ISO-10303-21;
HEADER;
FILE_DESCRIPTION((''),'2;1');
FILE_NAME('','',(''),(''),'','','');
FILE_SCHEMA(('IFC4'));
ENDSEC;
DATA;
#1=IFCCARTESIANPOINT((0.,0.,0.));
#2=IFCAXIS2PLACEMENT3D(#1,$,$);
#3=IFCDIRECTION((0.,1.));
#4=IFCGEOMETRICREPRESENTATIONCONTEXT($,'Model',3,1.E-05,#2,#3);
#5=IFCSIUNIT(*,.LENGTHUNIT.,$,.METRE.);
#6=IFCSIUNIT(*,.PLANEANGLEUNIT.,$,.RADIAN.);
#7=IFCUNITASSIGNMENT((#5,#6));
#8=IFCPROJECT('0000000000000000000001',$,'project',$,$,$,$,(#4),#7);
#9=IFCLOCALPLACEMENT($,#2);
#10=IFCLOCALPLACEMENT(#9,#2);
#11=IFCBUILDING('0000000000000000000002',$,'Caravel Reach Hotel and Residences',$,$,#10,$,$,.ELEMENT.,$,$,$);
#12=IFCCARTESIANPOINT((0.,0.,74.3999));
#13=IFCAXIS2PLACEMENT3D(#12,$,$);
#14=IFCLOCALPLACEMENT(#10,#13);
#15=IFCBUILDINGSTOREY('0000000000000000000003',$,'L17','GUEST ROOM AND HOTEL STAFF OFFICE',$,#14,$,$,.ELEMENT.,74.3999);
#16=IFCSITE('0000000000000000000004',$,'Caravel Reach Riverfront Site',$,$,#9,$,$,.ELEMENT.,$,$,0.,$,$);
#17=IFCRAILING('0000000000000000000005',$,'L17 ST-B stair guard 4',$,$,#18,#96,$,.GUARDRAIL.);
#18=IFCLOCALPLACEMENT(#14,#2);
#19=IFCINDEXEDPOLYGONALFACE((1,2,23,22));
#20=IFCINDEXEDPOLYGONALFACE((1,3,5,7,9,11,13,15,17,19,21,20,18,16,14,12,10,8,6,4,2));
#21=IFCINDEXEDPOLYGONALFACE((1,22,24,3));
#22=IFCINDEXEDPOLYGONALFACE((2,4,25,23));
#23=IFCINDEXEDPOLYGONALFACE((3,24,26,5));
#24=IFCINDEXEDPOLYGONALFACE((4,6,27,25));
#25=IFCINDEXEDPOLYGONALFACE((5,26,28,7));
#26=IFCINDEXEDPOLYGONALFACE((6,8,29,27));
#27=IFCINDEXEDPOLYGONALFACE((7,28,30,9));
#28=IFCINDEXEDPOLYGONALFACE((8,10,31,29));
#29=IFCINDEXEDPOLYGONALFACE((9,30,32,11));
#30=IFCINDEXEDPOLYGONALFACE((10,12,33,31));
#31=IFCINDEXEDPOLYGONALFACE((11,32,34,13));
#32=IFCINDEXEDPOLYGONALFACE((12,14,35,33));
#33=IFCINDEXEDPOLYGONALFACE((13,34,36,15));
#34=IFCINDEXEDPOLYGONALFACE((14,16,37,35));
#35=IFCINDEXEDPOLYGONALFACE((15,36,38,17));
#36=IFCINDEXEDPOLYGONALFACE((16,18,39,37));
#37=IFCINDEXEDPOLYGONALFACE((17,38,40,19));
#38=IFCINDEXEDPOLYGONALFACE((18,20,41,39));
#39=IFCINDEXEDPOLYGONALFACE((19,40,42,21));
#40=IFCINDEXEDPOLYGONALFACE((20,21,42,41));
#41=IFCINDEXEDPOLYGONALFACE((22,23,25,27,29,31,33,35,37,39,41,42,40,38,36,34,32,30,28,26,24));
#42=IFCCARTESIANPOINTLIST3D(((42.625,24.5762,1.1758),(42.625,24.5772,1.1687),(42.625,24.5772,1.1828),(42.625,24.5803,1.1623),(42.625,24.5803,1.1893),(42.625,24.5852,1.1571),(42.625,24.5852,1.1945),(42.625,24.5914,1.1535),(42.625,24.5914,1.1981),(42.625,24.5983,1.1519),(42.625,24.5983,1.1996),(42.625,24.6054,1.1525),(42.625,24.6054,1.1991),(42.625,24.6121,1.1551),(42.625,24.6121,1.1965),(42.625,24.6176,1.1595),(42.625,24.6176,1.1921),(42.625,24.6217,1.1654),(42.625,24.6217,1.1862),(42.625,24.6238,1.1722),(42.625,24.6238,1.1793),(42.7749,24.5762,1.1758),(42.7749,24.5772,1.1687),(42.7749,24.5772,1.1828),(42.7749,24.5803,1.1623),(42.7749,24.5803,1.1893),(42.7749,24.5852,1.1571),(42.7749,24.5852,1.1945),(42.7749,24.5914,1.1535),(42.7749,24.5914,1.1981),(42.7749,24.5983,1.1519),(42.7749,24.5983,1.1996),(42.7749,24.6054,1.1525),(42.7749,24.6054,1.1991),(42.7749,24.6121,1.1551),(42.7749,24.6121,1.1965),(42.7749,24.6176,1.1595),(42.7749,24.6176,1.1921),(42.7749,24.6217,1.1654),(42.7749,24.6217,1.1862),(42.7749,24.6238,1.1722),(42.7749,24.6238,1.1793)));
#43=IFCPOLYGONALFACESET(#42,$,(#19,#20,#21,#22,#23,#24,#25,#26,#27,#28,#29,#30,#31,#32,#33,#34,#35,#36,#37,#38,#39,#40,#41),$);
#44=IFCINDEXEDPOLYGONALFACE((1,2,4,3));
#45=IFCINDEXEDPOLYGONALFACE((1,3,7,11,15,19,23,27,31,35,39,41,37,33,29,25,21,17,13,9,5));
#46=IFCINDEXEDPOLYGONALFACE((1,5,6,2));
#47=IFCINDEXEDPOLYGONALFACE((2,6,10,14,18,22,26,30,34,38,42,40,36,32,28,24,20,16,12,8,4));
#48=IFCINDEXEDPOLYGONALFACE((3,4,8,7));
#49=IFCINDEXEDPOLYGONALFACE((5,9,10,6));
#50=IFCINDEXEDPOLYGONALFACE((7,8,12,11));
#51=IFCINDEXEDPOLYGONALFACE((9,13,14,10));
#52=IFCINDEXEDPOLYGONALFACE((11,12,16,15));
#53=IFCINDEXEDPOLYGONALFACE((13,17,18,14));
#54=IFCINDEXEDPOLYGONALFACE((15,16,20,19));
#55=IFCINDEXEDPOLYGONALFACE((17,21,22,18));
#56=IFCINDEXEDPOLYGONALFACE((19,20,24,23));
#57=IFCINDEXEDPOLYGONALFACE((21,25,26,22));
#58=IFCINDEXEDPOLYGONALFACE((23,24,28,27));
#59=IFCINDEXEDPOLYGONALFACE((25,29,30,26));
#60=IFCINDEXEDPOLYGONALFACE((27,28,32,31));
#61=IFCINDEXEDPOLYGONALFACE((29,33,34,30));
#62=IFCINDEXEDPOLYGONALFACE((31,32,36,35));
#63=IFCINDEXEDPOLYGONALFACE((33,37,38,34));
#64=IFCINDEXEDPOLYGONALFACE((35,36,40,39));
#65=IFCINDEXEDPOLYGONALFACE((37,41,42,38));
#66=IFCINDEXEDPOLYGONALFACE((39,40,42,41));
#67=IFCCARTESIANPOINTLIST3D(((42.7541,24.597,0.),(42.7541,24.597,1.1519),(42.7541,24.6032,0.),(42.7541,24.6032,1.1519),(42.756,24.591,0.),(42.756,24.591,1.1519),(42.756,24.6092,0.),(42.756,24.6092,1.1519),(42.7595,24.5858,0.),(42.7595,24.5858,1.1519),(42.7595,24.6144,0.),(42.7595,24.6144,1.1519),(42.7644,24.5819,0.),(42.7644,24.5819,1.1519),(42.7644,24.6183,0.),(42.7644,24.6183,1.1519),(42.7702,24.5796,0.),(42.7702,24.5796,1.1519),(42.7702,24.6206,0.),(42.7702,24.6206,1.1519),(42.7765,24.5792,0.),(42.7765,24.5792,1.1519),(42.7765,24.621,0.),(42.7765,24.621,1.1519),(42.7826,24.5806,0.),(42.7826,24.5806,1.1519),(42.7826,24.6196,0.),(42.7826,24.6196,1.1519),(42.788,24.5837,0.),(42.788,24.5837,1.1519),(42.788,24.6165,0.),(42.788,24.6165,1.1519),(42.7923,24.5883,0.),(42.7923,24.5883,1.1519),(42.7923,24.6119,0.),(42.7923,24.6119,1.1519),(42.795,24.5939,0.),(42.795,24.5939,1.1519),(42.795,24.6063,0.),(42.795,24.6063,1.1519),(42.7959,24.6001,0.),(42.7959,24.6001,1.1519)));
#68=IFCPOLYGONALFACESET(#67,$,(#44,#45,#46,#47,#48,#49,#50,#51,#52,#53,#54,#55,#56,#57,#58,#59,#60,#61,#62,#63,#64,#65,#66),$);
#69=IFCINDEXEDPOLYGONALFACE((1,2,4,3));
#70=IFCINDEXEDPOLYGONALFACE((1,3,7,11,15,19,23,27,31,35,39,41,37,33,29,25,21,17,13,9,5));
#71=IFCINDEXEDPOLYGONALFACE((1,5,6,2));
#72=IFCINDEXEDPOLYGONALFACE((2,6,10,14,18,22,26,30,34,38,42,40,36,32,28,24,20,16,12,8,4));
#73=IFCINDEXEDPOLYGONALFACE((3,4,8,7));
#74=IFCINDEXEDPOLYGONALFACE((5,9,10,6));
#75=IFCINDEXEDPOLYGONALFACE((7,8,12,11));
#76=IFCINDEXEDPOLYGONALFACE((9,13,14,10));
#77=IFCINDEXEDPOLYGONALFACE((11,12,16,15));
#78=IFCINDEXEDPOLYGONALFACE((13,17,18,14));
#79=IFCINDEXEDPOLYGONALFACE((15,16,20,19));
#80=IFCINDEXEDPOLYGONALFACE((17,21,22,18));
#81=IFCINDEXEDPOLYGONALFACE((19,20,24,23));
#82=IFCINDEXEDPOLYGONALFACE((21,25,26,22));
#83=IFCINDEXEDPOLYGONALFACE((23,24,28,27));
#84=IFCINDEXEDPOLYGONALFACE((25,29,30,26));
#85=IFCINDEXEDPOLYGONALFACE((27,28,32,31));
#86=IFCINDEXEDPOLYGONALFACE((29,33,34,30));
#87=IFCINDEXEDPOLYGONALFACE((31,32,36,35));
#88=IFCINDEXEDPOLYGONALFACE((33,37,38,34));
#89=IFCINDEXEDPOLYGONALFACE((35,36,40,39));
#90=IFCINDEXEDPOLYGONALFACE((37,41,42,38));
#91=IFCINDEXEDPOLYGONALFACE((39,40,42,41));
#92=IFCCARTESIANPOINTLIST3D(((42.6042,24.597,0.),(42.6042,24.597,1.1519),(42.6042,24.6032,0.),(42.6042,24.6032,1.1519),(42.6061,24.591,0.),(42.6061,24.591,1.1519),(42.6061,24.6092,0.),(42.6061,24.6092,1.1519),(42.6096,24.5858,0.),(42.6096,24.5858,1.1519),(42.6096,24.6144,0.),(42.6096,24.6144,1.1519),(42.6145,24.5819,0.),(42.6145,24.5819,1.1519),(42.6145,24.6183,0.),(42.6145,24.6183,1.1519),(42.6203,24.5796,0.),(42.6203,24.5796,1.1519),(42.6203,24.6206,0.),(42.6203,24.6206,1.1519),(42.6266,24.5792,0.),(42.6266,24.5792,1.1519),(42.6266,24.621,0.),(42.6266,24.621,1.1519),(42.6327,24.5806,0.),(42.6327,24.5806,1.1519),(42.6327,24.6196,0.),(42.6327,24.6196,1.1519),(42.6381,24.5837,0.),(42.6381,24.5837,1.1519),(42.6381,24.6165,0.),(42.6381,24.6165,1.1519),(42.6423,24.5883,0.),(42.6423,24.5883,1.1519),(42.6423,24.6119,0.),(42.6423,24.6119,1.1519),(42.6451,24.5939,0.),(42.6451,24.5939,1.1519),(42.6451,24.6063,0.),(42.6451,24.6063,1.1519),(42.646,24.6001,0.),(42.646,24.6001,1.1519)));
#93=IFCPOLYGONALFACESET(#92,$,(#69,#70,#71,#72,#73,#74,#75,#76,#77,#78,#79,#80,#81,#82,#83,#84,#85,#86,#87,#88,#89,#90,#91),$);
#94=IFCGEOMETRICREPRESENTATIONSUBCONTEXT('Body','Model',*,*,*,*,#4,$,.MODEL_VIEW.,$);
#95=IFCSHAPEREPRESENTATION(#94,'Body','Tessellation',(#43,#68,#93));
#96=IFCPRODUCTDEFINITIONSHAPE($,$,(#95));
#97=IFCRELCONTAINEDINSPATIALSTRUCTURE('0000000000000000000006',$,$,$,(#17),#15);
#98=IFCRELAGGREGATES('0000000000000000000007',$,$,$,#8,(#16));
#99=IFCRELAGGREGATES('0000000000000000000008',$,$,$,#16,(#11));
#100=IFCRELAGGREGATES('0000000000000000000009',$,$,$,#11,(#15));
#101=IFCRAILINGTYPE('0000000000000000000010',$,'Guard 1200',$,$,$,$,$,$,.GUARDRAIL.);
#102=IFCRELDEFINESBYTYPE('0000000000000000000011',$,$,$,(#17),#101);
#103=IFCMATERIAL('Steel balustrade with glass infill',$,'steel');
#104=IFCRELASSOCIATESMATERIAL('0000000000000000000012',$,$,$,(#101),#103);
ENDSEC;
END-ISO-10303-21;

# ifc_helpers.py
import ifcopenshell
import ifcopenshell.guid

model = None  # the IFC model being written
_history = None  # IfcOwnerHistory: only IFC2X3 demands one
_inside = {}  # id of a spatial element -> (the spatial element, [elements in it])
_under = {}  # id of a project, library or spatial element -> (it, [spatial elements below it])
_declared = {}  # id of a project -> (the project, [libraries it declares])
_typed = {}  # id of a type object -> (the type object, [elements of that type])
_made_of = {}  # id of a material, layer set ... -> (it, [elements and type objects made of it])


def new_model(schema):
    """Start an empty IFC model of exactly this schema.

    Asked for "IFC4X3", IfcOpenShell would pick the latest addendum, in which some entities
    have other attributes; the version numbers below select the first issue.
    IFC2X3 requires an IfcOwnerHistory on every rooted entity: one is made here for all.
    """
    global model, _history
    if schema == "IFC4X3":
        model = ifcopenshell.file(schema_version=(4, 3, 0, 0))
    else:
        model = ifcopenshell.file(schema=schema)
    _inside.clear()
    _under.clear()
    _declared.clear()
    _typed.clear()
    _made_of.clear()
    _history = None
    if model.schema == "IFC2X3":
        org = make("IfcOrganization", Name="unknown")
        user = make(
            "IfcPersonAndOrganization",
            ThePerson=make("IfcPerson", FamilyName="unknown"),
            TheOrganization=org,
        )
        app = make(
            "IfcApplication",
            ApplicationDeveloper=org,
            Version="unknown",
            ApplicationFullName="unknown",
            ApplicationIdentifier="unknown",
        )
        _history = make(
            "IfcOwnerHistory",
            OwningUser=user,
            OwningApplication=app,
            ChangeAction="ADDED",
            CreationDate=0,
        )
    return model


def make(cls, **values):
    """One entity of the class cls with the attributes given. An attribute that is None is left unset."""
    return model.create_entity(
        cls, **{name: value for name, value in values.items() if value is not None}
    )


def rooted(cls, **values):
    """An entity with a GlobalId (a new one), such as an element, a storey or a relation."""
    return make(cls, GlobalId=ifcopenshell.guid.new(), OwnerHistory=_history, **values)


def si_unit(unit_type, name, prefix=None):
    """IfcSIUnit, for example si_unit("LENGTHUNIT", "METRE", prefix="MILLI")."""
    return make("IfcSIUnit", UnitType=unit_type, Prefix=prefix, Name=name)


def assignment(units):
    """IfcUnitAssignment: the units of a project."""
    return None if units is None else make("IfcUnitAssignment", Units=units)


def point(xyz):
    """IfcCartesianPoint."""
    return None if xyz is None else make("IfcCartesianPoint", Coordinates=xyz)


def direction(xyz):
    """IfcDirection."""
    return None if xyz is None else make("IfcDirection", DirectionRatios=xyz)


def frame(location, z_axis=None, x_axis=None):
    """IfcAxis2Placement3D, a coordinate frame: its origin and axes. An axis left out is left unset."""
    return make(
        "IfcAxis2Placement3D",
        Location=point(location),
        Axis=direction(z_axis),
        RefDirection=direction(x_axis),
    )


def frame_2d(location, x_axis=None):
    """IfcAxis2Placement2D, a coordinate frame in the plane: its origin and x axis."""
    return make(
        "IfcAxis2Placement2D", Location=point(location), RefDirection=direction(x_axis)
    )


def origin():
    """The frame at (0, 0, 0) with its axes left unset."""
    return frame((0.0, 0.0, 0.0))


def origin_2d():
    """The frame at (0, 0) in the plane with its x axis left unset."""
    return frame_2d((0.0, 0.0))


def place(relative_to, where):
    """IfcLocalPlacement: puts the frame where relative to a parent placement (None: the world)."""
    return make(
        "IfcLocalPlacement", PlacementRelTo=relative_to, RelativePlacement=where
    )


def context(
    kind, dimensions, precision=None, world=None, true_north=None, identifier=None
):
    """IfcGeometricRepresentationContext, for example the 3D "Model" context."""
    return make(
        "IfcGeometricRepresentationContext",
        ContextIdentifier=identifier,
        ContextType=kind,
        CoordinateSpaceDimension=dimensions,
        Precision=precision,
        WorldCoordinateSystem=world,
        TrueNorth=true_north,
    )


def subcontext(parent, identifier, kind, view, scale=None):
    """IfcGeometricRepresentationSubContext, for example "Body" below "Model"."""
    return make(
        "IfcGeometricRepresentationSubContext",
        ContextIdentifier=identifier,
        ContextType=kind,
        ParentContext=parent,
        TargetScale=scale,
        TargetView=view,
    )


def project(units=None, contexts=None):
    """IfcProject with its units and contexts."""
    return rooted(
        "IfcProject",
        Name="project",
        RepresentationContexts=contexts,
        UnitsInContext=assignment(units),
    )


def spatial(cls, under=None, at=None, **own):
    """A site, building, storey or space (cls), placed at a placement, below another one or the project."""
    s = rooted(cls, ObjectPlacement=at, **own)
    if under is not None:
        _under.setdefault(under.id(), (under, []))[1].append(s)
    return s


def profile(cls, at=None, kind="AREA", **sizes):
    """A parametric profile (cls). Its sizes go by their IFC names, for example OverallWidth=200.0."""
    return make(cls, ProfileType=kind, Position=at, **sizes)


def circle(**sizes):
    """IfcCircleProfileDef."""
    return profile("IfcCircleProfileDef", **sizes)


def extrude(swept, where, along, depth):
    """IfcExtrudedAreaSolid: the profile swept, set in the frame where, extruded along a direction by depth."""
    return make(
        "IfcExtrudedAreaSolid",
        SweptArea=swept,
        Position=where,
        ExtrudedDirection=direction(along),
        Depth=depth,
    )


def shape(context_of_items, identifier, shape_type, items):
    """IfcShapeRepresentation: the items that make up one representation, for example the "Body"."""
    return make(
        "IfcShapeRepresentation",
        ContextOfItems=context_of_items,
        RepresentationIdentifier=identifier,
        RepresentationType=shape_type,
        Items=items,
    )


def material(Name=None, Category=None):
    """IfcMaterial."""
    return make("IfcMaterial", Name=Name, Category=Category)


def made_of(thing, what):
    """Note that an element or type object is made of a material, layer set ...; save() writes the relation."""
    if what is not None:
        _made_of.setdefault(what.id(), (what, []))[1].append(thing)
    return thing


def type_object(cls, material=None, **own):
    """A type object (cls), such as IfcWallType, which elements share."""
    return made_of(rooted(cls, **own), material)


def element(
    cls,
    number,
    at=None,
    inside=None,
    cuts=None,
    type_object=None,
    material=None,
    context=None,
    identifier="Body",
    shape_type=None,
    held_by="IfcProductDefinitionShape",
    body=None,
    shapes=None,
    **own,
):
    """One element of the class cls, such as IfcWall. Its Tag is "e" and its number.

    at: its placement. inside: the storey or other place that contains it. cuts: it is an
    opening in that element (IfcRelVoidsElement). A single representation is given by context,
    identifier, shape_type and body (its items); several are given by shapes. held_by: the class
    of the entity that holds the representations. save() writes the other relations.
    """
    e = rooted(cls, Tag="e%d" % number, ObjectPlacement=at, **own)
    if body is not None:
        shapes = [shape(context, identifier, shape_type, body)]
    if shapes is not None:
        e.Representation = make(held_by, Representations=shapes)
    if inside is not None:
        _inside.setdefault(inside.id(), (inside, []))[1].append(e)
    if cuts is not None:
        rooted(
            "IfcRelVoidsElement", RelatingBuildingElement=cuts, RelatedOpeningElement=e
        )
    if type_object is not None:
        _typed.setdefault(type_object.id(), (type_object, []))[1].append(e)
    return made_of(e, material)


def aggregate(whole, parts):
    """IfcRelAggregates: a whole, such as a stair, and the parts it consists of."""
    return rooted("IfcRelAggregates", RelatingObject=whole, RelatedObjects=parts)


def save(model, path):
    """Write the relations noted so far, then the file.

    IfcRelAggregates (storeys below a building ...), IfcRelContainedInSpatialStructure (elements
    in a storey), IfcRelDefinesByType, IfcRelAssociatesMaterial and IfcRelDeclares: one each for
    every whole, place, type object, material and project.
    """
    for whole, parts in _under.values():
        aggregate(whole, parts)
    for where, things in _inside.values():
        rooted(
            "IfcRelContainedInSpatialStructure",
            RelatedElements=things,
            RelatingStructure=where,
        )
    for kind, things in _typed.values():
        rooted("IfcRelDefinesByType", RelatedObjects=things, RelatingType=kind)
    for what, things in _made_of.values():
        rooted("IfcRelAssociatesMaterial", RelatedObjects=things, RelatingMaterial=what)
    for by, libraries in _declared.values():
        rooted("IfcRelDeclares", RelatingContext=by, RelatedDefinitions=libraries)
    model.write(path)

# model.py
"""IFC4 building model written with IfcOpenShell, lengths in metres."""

from ifc_helpers import new_model, si_unit, direction, frame, origin, origin_2d, place, context, subcontext, project, spatial, circle, extrude, material, type_object, element, save


model = new_model("IFC4")

# Units and contexts
model_context = context("Model", 3, precision=1e-05, world=origin(), true_north=direction((0.0, 1.0)))
body_context = subcontext(model_context, "Body", "Model", "MODEL_VIEW")
ifc_project = project(units=[si_unit("LENGTHUNIT", "METRE"), si_unit("PLANEANGLEUNIT", "RADIAN")], contexts=[model_context])

# Site, building, storey
site_placement = place(None, origin())
site = spatial("IfcSite", under=ifc_project, at=site_placement, Name="Caravel Reach Riverfront Site", CompositionType="ELEMENT", RefElevation=0.0)
building_placement = place(site_placement, origin())
building = spatial("IfcBuilding", under=site, at=building_placement, Name="Caravel Reach Hotel and Residences", CompositionType="ELEMENT")
storey_placement = place(building_placement, frame((0.0, 0.0, 74.3999)))
storey = spatial("IfcBuildingStorey", under=building, at=storey_placement, Name="L17", Description="GUEST ROOM AND HOTEL STAFF OFFICE", CompositionType="ELEMENT", Elevation=74.3999)

# Railing
ifc_material_1 = material(Name="Steel balustrade with glass infill", Category="steel")
railing_type_1 = type_object("IfcRailingType", Name="Guard 1200", PredefinedType="GUARDRAIL", material=ifc_material_1)
railing_1_placement = place(storey_placement, frame((42.7749, 24.6001, 0.0)))
element("IfcRailing", 1, at=railing_1_placement, inside=storey, type_object=railing_type_1, Name="L17 ST-B stair guard 4", PredefinedType="GUARDRAIL", context=body_context, shape_type="SweptSolid", body=[
    extrude(circle(Radius=0.0239, at=origin_2d()), frame((0.0, 0.0, 1.1758), z_axis=(-1.0, 0.0, 0.0), x_axis=(0.0, -1.0, 0.0)), (0.0, 0.0, 1.0), 0.1499),
    extrude(circle(Radius=0.021, at=origin_2d()), origin(), (0.0, 0.0, 1.0), 1.1519),
    extrude(circle(Radius=0.021, at=origin_2d()), frame((-0.1499, 0.0, 0.0)), (0.0, 0.0, 1.0), 1.1519),
])

save(model, "model.ifc")
